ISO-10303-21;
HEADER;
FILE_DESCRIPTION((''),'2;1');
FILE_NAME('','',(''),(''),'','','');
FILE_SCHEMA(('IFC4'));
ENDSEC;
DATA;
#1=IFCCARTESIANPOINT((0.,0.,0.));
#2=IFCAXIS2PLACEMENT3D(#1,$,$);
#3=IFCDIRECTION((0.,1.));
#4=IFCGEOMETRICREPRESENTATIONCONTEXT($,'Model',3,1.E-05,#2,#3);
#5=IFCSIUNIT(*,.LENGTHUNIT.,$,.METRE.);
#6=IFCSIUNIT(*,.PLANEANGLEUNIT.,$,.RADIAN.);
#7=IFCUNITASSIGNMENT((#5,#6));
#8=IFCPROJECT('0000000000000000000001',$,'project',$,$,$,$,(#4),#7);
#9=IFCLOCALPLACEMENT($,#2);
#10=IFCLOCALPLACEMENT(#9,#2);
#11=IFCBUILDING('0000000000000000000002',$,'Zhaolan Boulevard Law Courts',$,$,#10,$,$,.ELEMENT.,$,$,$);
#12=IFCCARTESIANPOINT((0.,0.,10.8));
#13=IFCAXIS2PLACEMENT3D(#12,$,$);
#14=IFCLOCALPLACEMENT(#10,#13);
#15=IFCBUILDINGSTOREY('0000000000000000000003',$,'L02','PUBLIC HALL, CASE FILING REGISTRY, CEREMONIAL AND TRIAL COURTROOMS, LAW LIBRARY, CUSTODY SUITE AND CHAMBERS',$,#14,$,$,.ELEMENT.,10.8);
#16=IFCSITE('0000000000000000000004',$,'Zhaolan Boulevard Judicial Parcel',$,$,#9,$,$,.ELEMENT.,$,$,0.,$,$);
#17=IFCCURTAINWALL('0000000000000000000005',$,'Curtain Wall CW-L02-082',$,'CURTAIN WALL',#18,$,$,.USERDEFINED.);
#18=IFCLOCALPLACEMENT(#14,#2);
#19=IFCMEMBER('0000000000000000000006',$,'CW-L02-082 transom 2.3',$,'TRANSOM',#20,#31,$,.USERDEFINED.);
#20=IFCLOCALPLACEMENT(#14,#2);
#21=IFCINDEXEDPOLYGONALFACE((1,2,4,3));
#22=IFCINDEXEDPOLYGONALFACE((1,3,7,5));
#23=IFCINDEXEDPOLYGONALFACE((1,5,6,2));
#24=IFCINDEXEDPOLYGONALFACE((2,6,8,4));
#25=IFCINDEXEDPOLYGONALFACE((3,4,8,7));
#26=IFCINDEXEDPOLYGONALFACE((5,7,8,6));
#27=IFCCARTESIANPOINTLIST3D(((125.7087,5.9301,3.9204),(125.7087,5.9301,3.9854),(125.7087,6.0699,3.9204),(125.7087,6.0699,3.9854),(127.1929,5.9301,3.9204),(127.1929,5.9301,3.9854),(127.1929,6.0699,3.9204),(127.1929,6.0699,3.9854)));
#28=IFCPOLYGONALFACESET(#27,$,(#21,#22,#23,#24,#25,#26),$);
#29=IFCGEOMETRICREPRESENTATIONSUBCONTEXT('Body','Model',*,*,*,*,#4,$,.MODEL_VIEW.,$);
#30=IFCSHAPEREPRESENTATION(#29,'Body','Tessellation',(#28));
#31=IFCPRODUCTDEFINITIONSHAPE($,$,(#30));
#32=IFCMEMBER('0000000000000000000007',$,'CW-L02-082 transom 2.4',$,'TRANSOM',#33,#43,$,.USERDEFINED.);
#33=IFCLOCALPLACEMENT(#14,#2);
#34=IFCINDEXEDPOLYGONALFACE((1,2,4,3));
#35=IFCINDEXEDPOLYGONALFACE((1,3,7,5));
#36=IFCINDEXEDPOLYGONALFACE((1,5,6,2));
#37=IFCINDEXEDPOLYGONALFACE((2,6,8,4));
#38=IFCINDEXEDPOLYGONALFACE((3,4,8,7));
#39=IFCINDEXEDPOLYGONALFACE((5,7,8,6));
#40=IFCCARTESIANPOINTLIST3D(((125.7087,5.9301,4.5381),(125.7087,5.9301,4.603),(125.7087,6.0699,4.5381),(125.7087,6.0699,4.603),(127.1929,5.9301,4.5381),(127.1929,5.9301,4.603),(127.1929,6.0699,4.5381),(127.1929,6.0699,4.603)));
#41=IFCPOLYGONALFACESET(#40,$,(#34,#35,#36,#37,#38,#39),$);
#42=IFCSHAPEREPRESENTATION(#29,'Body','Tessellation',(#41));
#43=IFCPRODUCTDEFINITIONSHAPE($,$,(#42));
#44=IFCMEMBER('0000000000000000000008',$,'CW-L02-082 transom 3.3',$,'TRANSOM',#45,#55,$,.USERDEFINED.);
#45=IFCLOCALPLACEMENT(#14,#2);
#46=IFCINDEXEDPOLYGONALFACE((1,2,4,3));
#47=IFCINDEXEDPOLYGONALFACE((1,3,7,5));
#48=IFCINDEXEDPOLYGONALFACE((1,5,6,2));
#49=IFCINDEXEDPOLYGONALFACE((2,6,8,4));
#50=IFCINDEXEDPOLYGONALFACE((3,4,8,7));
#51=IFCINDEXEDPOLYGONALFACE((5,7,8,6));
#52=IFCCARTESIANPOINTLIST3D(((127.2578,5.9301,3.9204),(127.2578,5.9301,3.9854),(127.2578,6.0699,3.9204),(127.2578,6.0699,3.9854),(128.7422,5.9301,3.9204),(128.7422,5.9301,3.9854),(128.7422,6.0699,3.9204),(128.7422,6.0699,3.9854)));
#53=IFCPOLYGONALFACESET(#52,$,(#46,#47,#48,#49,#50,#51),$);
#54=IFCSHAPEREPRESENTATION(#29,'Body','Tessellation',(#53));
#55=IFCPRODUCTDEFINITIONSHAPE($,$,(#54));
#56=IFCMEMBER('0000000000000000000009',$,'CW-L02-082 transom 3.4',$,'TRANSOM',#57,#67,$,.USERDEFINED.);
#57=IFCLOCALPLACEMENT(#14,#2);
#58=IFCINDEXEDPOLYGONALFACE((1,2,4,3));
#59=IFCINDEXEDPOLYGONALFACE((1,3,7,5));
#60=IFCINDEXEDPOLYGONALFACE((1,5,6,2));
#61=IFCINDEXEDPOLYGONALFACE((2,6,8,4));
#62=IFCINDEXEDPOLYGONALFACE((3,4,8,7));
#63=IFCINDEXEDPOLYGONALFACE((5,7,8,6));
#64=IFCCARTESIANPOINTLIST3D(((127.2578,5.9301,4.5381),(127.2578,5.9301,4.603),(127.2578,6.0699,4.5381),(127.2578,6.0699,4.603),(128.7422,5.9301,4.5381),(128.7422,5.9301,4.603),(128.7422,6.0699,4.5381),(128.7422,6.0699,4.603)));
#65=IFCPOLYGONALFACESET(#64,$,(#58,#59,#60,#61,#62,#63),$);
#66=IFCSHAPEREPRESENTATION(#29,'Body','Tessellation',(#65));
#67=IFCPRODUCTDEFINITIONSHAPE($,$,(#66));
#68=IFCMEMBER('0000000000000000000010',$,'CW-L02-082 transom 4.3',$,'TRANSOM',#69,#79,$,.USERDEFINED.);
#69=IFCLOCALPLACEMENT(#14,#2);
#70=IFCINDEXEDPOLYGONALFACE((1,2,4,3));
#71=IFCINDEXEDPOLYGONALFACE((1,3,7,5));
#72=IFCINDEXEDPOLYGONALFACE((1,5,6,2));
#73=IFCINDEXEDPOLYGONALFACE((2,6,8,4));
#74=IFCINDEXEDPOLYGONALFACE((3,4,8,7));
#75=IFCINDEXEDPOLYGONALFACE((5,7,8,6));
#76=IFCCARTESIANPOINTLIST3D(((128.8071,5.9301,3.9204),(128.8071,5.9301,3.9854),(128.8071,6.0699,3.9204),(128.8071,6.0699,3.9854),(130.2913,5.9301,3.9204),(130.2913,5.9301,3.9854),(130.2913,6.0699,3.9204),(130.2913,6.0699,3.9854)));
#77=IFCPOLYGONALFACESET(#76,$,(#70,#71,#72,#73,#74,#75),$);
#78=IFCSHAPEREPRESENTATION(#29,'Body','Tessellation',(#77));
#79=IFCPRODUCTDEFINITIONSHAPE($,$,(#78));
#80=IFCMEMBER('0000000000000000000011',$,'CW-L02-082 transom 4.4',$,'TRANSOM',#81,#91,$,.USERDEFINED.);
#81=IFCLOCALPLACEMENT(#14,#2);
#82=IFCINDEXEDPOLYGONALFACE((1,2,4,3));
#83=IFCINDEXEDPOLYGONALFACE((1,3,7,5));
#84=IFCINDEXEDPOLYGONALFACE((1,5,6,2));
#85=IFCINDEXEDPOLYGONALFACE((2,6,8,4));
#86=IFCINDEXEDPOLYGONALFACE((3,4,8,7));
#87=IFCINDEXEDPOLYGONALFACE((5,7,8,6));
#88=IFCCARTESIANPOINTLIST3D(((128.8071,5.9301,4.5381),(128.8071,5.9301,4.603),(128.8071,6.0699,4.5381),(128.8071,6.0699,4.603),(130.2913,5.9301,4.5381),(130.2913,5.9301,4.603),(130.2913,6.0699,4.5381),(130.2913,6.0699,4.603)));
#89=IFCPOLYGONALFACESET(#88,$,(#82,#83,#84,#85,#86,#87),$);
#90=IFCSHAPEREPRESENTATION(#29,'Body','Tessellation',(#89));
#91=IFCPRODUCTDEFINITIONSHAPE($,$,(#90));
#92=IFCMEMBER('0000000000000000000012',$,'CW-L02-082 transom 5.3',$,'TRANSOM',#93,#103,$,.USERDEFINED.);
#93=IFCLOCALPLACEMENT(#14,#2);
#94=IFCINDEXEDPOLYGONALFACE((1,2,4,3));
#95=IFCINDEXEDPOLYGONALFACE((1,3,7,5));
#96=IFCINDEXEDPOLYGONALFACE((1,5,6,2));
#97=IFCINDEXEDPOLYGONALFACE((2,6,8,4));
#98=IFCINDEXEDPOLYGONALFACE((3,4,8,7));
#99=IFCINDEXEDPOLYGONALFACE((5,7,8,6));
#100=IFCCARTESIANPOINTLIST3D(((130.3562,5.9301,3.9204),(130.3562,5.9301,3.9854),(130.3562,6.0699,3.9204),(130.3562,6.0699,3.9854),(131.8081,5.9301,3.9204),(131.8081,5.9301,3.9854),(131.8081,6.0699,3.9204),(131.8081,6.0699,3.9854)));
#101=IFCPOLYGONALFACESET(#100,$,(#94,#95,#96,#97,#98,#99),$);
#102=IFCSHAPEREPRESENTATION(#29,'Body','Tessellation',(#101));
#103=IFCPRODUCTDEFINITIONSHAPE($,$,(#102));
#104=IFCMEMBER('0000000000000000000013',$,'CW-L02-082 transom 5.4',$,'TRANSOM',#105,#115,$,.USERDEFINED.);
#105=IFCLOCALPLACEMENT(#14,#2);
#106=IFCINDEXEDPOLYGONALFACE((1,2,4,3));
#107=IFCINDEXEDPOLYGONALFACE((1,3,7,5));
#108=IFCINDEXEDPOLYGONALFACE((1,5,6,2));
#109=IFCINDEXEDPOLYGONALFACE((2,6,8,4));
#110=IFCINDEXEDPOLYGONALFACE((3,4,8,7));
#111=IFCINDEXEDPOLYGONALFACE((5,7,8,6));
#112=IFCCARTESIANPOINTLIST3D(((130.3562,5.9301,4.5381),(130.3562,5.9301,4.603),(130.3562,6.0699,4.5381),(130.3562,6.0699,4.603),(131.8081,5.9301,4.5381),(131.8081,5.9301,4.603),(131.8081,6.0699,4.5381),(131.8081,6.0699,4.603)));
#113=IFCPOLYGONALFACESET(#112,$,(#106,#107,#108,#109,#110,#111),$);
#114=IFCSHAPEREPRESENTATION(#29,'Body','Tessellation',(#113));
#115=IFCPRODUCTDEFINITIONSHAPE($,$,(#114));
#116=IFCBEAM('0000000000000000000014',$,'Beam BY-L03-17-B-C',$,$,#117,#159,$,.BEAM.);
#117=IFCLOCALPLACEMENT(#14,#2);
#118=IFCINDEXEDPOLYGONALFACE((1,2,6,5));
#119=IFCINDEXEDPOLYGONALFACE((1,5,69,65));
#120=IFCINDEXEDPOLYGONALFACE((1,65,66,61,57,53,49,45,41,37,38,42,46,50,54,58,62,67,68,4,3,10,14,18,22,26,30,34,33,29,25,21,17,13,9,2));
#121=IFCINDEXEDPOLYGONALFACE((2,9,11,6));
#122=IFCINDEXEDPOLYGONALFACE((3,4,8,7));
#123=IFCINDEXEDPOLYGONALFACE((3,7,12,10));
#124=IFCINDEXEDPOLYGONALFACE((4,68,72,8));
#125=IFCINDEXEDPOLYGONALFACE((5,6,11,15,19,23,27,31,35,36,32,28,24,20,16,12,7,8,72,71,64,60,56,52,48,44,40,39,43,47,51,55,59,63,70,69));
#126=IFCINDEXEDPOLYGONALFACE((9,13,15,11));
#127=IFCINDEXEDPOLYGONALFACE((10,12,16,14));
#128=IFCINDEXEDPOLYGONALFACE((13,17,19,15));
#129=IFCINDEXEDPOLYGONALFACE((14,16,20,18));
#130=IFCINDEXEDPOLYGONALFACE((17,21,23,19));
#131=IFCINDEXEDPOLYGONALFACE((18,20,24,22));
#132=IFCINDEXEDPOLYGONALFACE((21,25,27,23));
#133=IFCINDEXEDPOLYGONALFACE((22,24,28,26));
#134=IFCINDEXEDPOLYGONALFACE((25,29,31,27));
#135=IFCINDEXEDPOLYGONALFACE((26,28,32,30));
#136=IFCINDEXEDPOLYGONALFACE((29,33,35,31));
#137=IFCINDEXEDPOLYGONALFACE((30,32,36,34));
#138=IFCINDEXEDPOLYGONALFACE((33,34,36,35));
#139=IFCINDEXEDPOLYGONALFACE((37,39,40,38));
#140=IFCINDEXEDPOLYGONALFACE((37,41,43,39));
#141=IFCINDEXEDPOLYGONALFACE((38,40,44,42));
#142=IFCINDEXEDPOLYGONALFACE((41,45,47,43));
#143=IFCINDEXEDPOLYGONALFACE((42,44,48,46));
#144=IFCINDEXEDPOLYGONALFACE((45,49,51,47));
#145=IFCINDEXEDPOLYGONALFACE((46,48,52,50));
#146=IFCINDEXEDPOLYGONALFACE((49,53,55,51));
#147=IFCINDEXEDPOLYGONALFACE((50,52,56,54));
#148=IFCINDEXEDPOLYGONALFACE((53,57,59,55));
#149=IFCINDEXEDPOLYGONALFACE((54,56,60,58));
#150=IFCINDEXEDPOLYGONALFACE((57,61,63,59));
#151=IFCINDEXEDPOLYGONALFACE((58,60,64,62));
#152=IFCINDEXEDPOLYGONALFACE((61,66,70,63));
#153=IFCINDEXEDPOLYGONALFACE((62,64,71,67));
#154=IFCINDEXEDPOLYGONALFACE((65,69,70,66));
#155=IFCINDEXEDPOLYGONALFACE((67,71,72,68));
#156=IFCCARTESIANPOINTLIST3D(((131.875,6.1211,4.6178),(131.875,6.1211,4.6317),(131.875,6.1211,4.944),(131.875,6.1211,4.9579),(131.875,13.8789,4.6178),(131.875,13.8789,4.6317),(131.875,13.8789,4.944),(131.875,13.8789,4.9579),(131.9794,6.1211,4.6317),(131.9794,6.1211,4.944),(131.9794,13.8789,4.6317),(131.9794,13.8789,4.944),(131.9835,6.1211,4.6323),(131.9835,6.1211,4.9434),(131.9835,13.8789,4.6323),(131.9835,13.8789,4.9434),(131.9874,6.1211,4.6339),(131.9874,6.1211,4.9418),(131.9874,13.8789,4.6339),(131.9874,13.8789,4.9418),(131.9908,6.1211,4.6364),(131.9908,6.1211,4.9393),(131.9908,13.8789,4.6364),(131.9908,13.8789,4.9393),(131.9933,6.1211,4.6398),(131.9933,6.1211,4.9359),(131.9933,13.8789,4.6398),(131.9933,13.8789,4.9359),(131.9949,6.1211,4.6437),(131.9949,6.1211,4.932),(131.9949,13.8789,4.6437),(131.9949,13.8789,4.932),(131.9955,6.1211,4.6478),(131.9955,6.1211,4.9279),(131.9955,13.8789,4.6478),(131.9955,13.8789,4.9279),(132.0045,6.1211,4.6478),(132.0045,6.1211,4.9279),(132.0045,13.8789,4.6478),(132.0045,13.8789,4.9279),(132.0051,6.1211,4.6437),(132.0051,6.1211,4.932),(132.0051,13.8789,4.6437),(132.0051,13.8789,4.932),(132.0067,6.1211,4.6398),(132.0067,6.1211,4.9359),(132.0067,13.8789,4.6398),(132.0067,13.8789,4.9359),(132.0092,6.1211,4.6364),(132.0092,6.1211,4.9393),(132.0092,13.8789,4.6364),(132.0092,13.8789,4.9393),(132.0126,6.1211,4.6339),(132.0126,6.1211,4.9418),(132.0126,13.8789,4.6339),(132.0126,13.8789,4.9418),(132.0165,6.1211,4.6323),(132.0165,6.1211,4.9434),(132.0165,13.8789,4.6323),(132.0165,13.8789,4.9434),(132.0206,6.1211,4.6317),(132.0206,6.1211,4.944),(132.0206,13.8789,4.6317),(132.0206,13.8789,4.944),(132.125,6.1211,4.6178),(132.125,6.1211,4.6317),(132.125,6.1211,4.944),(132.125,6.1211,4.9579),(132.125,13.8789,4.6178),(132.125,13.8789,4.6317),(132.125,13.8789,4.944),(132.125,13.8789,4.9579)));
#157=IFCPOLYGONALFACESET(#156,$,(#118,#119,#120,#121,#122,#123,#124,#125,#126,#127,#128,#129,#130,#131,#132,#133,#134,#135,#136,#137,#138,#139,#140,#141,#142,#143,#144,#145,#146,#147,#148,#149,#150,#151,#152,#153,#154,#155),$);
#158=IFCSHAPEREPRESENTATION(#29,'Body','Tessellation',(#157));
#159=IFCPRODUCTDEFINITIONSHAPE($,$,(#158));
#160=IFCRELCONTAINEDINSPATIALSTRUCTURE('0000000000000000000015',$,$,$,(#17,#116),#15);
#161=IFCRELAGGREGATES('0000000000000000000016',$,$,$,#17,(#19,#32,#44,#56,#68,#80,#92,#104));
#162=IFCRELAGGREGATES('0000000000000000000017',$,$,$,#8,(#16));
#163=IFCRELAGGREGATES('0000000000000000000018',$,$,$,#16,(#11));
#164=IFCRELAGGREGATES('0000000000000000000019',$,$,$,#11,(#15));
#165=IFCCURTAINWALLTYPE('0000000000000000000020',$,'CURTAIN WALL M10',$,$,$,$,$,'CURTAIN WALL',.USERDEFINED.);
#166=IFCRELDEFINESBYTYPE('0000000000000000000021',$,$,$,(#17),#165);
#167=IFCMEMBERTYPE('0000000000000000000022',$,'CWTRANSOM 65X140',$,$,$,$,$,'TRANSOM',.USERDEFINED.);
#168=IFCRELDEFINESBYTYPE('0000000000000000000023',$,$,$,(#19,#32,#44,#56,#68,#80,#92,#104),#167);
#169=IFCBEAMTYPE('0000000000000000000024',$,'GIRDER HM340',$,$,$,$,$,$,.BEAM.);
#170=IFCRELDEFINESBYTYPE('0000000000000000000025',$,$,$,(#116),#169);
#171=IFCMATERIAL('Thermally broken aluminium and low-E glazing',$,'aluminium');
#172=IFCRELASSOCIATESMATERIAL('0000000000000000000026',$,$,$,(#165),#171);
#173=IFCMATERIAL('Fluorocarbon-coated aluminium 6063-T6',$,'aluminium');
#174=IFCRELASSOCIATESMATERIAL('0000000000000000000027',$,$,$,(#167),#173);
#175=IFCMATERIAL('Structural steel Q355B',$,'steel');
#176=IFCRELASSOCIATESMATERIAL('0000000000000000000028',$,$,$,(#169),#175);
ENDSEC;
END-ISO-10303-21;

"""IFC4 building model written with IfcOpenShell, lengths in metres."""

from ifc_helpers import new_model, si_unit, direction, frame, origin, origin_2d, place, context, subcontext, project, spatial, rectangle, i_section, extrude, material, material_profile, profile_set, type_object, element, aggregate, save


model = new_model("IFC4")

# Units and contexts
model_context = context("Model", 3, precision=1e-05, world=origin(), true_north=direction((0.0, 1.0)))
body_context = subcontext(model_context, "Body", "Model", "MODEL_VIEW")
ifc_project = project(units=[si_unit("LENGTHUNIT", "METRE"), si_unit("PLANEANGLEUNIT", "RADIAN")], contexts=[model_context])

# Site, building, storey
site_placement = place(None, origin())
site = spatial("IfcSite", under=ifc_project, at=site_placement, Name="Zhaolan Boulevard Judicial Parcel", CompositionType="ELEMENT", RefElevation=0.0)
building_placement = place(site_placement, origin())
building = spatial("IfcBuilding", under=site, at=building_placement, Name="Zhaolan Boulevard Law Courts", CompositionType="ELEMENT")
storey_placement = place(building_placement, frame((0.0, 0.0, 10.8)))
storey = spatial("IfcBuildingStorey", under=building, at=storey_placement, Name="L02", Description="PUBLIC HALL, CASE FILING REGISTRY, CEREMONIAL AND TRIAL COURTROOMS, LAW LIBRARY, CUSTODY SUITE AND CHAMBERS", CompositionType="ELEMENT", Elevation=10.8)

# Curtain wall, members
ifc_material_1 = material(Name="Thermally broken aluminium and low-E glazing", Category="aluminium")
curtain_wall_type = type_object("IfcCurtainWallType", Name="CURTAIN WALL M10", ElementType="CURTAIN WALL", PredefinedType="USERDEFINED", material=ifc_material_1)
curtain_wall_placement = place(storey_placement, origin())
curtain_wall = element("IfcCurtainWall", 1, at=curtain_wall_placement, inside=storey, type_object=curtain_wall_type, Name="Curtain Wall CW-L02-082", ObjectType="CURTAIN WALL", PredefinedType="USERDEFINED")
ifc_material_2 = material(Name="Fluorocarbon-coated aluminium 6063-T6", Category="aluminium")
ifc_material_profile_1 = material_profile(ifc_material_2, rectangle(XDim=0.1399, YDim=0.0649, at=origin_2d()), Name="AL65x140")
ifc_profile_set_1 = profile_set([ifc_material_profile_1], Name="Fluorocarbon-coated aluminium 6063-T6")
member_type_1 = type_object("IfcMemberType", Name="CWTRANSOM 65X140", ElementType="TRANSOM", PredefinedType="USERDEFINED", material=ifc_profile_set_1)
member_1_placement = place(storey_placement, frame((125.7087, 6.0, 3.9529), z_axis=(1.0, 0.0, 0.0), x_axis=(0.0, 1.0, 0.0)))
member_1 = element("IfcMember", 2, at=member_1_placement, type_object=member_type_1, Name="CW-L02-082 transom 2.3", ObjectType="TRANSOM", PredefinedType="USERDEFINED", context=body_context, shape_type="SweptSolid", body=[
    extrude(rectangle(XDim=0.1399, YDim=0.0649, at=origin_2d()), origin(), (0.0, 0.0, 1.0), 1.4841),
])
member_2_placement = place(storey_placement, frame((125.7087, 6.0, 4.5706), z_axis=(1.0, 0.0, 0.0), x_axis=(0.0, 1.0, 0.0)))
member_2 = element("IfcMember", 3, at=member_2_placement, type_object=member_type_1, Name="CW-L02-082 transom 2.4", ObjectType="TRANSOM", PredefinedType="USERDEFINED", context=body_context, shape_type="SweptSolid", body=[
    extrude(rectangle(XDim=0.1399, YDim=0.0649, at=origin_2d()), origin(), (0.0, 0.0, 1.0), 1.4841),
])
member_3_placement = place(storey_placement, frame((127.2578, 6.0, 3.9529), z_axis=(1.0, 0.0, 0.0), x_axis=(0.0, 1.0, 0.0)))
member_3 = element("IfcMember", 4, at=member_3_placement, type_object=member_type_1, Name="CW-L02-082 transom 3.3", ObjectType="TRANSOM", PredefinedType="USERDEFINED", context=body_context, shape_type="SweptSolid", body=[
    extrude(rectangle(XDim=0.1399, YDim=0.0649, at=origin_2d()), origin(), (0.0, 0.0, 1.0), 1.4844),
])
member_4_placement = place(storey_placement, frame((127.2578, 6.0, 4.5706), z_axis=(1.0, 0.0, 0.0), x_axis=(0.0, 1.0, 0.0)))
member_4 = element("IfcMember", 5, at=member_4_placement, type_object=member_type_1, Name="CW-L02-082 transom 3.4", ObjectType="TRANSOM", PredefinedType="USERDEFINED", context=body_context, shape_type="SweptSolid", body=[
    extrude(rectangle(XDim=0.1399, YDim=0.0649, at=origin_2d()), origin(), (0.0, 0.0, 1.0), 1.4844),
])
member_5_placement = place(storey_placement, frame((128.8071, 6.0, 3.9529), z_axis=(1.0, 0.0, 0.0), x_axis=(0.0, 1.0, 0.0)))
member_5 = element("IfcMember", 6, at=member_5_placement, type_object=member_type_1, Name="CW-L02-082 transom 4.3", ObjectType="TRANSOM", PredefinedType="USERDEFINED", context=body_context, shape_type="SweptSolid", body=[
    extrude(rectangle(XDim=0.1399, YDim=0.0649, at=origin_2d()), origin(), (0.0, 0.0, 1.0), 1.4841),
])
member_6_placement = place(storey_placement, frame((128.8071, 6.0, 4.5706), z_axis=(1.0, 0.0, 0.0), x_axis=(0.0, 1.0, 0.0)))
member_6 = element("IfcMember", 7, at=member_6_placement, type_object=member_type_1, Name="CW-L02-082 transom 4.4", ObjectType="TRANSOM", PredefinedType="USERDEFINED", context=body_context, shape_type="SweptSolid", body=[
    extrude(rectangle(XDim=0.1399, YDim=0.0649, at=origin_2d()), origin(), (0.0, 0.0, 1.0), 1.4841),
])
member_7_placement = place(storey_placement, frame((130.3562, 6.0, 3.9529), z_axis=(1.0, 0.0, 0.0), x_axis=(0.0, 1.0, 0.0)))
member_7 = element("IfcMember", 8, at=member_7_placement, type_object=member_type_1, Name="CW-L02-082 transom 5.3", ObjectType="TRANSOM", PredefinedType="USERDEFINED", context=body_context, shape_type="SweptSolid", body=[
    extrude(rectangle(XDim=0.1399, YDim=0.0649, at=origin_2d()), origin(), (0.0, 0.0, 1.0), 1.4519),
])
member_8_placement = place(storey_placement, frame((130.3562, 6.0, 4.5706), z_axis=(1.0, 0.0, 0.0), x_axis=(0.0, 1.0, 0.0)))
member_8 = element("IfcMember", 9, at=member_8_placement, type_object=member_type_1, Name="CW-L02-082 transom 5.4", ObjectType="TRANSOM", PredefinedType="USERDEFINED", context=body_context, shape_type="SweptSolid", body=[
    extrude(rectangle(XDim=0.1399, YDim=0.0649, at=origin_2d()), origin(), (0.0, 0.0, 1.0), 1.4519),
])

# Beam
ifc_material_3 = material(Name="Structural steel Q355B", Category="steel")
ifc_material_profile_2 = material_profile(ifc_material_3, i_section(OverallWidth=0.25, OverallDepth=0.3401, WebThickness=0.009, FlangeThickness=0.0139, FilletRadius=0.0161, at=origin_2d()), Name="HM340x250")
ifc_profile_set_2 = profile_set([ifc_material_profile_2], Name="Structural steel Q355B")
beam_type_1 = type_object("IfcBeamType", Name="GIRDER HM340", PredefinedType="BEAM", material=ifc_profile_set_2)
beam_1_placement = place(storey_placement, frame((132.0, 6.1211, 4.7878), z_axis=(0.0, 1.0, 0.0), x_axis=(-1.0, 0.0, 0.0)))
element("IfcBeam", 10, at=beam_1_placement, inside=storey, type_object=beam_type_1, Name="Beam BY-L03-17-B-C", PredefinedType="BEAM", context=body_context, shape_type="SweptSolid", body=[
    extrude(i_section(OverallWidth=0.25, OverallDepth=0.3401, WebThickness=0.009, FlangeThickness=0.0139, FilletRadius=0.0161, at=origin_2d()), origin(), (0.0, 0.0, 1.0), 7.7578),
])

aggregate(curtain_wall, [member_1, member_2, member_3, member_4, member_5, member_6, member_7, member_8])

save(model, "model.ifc")
